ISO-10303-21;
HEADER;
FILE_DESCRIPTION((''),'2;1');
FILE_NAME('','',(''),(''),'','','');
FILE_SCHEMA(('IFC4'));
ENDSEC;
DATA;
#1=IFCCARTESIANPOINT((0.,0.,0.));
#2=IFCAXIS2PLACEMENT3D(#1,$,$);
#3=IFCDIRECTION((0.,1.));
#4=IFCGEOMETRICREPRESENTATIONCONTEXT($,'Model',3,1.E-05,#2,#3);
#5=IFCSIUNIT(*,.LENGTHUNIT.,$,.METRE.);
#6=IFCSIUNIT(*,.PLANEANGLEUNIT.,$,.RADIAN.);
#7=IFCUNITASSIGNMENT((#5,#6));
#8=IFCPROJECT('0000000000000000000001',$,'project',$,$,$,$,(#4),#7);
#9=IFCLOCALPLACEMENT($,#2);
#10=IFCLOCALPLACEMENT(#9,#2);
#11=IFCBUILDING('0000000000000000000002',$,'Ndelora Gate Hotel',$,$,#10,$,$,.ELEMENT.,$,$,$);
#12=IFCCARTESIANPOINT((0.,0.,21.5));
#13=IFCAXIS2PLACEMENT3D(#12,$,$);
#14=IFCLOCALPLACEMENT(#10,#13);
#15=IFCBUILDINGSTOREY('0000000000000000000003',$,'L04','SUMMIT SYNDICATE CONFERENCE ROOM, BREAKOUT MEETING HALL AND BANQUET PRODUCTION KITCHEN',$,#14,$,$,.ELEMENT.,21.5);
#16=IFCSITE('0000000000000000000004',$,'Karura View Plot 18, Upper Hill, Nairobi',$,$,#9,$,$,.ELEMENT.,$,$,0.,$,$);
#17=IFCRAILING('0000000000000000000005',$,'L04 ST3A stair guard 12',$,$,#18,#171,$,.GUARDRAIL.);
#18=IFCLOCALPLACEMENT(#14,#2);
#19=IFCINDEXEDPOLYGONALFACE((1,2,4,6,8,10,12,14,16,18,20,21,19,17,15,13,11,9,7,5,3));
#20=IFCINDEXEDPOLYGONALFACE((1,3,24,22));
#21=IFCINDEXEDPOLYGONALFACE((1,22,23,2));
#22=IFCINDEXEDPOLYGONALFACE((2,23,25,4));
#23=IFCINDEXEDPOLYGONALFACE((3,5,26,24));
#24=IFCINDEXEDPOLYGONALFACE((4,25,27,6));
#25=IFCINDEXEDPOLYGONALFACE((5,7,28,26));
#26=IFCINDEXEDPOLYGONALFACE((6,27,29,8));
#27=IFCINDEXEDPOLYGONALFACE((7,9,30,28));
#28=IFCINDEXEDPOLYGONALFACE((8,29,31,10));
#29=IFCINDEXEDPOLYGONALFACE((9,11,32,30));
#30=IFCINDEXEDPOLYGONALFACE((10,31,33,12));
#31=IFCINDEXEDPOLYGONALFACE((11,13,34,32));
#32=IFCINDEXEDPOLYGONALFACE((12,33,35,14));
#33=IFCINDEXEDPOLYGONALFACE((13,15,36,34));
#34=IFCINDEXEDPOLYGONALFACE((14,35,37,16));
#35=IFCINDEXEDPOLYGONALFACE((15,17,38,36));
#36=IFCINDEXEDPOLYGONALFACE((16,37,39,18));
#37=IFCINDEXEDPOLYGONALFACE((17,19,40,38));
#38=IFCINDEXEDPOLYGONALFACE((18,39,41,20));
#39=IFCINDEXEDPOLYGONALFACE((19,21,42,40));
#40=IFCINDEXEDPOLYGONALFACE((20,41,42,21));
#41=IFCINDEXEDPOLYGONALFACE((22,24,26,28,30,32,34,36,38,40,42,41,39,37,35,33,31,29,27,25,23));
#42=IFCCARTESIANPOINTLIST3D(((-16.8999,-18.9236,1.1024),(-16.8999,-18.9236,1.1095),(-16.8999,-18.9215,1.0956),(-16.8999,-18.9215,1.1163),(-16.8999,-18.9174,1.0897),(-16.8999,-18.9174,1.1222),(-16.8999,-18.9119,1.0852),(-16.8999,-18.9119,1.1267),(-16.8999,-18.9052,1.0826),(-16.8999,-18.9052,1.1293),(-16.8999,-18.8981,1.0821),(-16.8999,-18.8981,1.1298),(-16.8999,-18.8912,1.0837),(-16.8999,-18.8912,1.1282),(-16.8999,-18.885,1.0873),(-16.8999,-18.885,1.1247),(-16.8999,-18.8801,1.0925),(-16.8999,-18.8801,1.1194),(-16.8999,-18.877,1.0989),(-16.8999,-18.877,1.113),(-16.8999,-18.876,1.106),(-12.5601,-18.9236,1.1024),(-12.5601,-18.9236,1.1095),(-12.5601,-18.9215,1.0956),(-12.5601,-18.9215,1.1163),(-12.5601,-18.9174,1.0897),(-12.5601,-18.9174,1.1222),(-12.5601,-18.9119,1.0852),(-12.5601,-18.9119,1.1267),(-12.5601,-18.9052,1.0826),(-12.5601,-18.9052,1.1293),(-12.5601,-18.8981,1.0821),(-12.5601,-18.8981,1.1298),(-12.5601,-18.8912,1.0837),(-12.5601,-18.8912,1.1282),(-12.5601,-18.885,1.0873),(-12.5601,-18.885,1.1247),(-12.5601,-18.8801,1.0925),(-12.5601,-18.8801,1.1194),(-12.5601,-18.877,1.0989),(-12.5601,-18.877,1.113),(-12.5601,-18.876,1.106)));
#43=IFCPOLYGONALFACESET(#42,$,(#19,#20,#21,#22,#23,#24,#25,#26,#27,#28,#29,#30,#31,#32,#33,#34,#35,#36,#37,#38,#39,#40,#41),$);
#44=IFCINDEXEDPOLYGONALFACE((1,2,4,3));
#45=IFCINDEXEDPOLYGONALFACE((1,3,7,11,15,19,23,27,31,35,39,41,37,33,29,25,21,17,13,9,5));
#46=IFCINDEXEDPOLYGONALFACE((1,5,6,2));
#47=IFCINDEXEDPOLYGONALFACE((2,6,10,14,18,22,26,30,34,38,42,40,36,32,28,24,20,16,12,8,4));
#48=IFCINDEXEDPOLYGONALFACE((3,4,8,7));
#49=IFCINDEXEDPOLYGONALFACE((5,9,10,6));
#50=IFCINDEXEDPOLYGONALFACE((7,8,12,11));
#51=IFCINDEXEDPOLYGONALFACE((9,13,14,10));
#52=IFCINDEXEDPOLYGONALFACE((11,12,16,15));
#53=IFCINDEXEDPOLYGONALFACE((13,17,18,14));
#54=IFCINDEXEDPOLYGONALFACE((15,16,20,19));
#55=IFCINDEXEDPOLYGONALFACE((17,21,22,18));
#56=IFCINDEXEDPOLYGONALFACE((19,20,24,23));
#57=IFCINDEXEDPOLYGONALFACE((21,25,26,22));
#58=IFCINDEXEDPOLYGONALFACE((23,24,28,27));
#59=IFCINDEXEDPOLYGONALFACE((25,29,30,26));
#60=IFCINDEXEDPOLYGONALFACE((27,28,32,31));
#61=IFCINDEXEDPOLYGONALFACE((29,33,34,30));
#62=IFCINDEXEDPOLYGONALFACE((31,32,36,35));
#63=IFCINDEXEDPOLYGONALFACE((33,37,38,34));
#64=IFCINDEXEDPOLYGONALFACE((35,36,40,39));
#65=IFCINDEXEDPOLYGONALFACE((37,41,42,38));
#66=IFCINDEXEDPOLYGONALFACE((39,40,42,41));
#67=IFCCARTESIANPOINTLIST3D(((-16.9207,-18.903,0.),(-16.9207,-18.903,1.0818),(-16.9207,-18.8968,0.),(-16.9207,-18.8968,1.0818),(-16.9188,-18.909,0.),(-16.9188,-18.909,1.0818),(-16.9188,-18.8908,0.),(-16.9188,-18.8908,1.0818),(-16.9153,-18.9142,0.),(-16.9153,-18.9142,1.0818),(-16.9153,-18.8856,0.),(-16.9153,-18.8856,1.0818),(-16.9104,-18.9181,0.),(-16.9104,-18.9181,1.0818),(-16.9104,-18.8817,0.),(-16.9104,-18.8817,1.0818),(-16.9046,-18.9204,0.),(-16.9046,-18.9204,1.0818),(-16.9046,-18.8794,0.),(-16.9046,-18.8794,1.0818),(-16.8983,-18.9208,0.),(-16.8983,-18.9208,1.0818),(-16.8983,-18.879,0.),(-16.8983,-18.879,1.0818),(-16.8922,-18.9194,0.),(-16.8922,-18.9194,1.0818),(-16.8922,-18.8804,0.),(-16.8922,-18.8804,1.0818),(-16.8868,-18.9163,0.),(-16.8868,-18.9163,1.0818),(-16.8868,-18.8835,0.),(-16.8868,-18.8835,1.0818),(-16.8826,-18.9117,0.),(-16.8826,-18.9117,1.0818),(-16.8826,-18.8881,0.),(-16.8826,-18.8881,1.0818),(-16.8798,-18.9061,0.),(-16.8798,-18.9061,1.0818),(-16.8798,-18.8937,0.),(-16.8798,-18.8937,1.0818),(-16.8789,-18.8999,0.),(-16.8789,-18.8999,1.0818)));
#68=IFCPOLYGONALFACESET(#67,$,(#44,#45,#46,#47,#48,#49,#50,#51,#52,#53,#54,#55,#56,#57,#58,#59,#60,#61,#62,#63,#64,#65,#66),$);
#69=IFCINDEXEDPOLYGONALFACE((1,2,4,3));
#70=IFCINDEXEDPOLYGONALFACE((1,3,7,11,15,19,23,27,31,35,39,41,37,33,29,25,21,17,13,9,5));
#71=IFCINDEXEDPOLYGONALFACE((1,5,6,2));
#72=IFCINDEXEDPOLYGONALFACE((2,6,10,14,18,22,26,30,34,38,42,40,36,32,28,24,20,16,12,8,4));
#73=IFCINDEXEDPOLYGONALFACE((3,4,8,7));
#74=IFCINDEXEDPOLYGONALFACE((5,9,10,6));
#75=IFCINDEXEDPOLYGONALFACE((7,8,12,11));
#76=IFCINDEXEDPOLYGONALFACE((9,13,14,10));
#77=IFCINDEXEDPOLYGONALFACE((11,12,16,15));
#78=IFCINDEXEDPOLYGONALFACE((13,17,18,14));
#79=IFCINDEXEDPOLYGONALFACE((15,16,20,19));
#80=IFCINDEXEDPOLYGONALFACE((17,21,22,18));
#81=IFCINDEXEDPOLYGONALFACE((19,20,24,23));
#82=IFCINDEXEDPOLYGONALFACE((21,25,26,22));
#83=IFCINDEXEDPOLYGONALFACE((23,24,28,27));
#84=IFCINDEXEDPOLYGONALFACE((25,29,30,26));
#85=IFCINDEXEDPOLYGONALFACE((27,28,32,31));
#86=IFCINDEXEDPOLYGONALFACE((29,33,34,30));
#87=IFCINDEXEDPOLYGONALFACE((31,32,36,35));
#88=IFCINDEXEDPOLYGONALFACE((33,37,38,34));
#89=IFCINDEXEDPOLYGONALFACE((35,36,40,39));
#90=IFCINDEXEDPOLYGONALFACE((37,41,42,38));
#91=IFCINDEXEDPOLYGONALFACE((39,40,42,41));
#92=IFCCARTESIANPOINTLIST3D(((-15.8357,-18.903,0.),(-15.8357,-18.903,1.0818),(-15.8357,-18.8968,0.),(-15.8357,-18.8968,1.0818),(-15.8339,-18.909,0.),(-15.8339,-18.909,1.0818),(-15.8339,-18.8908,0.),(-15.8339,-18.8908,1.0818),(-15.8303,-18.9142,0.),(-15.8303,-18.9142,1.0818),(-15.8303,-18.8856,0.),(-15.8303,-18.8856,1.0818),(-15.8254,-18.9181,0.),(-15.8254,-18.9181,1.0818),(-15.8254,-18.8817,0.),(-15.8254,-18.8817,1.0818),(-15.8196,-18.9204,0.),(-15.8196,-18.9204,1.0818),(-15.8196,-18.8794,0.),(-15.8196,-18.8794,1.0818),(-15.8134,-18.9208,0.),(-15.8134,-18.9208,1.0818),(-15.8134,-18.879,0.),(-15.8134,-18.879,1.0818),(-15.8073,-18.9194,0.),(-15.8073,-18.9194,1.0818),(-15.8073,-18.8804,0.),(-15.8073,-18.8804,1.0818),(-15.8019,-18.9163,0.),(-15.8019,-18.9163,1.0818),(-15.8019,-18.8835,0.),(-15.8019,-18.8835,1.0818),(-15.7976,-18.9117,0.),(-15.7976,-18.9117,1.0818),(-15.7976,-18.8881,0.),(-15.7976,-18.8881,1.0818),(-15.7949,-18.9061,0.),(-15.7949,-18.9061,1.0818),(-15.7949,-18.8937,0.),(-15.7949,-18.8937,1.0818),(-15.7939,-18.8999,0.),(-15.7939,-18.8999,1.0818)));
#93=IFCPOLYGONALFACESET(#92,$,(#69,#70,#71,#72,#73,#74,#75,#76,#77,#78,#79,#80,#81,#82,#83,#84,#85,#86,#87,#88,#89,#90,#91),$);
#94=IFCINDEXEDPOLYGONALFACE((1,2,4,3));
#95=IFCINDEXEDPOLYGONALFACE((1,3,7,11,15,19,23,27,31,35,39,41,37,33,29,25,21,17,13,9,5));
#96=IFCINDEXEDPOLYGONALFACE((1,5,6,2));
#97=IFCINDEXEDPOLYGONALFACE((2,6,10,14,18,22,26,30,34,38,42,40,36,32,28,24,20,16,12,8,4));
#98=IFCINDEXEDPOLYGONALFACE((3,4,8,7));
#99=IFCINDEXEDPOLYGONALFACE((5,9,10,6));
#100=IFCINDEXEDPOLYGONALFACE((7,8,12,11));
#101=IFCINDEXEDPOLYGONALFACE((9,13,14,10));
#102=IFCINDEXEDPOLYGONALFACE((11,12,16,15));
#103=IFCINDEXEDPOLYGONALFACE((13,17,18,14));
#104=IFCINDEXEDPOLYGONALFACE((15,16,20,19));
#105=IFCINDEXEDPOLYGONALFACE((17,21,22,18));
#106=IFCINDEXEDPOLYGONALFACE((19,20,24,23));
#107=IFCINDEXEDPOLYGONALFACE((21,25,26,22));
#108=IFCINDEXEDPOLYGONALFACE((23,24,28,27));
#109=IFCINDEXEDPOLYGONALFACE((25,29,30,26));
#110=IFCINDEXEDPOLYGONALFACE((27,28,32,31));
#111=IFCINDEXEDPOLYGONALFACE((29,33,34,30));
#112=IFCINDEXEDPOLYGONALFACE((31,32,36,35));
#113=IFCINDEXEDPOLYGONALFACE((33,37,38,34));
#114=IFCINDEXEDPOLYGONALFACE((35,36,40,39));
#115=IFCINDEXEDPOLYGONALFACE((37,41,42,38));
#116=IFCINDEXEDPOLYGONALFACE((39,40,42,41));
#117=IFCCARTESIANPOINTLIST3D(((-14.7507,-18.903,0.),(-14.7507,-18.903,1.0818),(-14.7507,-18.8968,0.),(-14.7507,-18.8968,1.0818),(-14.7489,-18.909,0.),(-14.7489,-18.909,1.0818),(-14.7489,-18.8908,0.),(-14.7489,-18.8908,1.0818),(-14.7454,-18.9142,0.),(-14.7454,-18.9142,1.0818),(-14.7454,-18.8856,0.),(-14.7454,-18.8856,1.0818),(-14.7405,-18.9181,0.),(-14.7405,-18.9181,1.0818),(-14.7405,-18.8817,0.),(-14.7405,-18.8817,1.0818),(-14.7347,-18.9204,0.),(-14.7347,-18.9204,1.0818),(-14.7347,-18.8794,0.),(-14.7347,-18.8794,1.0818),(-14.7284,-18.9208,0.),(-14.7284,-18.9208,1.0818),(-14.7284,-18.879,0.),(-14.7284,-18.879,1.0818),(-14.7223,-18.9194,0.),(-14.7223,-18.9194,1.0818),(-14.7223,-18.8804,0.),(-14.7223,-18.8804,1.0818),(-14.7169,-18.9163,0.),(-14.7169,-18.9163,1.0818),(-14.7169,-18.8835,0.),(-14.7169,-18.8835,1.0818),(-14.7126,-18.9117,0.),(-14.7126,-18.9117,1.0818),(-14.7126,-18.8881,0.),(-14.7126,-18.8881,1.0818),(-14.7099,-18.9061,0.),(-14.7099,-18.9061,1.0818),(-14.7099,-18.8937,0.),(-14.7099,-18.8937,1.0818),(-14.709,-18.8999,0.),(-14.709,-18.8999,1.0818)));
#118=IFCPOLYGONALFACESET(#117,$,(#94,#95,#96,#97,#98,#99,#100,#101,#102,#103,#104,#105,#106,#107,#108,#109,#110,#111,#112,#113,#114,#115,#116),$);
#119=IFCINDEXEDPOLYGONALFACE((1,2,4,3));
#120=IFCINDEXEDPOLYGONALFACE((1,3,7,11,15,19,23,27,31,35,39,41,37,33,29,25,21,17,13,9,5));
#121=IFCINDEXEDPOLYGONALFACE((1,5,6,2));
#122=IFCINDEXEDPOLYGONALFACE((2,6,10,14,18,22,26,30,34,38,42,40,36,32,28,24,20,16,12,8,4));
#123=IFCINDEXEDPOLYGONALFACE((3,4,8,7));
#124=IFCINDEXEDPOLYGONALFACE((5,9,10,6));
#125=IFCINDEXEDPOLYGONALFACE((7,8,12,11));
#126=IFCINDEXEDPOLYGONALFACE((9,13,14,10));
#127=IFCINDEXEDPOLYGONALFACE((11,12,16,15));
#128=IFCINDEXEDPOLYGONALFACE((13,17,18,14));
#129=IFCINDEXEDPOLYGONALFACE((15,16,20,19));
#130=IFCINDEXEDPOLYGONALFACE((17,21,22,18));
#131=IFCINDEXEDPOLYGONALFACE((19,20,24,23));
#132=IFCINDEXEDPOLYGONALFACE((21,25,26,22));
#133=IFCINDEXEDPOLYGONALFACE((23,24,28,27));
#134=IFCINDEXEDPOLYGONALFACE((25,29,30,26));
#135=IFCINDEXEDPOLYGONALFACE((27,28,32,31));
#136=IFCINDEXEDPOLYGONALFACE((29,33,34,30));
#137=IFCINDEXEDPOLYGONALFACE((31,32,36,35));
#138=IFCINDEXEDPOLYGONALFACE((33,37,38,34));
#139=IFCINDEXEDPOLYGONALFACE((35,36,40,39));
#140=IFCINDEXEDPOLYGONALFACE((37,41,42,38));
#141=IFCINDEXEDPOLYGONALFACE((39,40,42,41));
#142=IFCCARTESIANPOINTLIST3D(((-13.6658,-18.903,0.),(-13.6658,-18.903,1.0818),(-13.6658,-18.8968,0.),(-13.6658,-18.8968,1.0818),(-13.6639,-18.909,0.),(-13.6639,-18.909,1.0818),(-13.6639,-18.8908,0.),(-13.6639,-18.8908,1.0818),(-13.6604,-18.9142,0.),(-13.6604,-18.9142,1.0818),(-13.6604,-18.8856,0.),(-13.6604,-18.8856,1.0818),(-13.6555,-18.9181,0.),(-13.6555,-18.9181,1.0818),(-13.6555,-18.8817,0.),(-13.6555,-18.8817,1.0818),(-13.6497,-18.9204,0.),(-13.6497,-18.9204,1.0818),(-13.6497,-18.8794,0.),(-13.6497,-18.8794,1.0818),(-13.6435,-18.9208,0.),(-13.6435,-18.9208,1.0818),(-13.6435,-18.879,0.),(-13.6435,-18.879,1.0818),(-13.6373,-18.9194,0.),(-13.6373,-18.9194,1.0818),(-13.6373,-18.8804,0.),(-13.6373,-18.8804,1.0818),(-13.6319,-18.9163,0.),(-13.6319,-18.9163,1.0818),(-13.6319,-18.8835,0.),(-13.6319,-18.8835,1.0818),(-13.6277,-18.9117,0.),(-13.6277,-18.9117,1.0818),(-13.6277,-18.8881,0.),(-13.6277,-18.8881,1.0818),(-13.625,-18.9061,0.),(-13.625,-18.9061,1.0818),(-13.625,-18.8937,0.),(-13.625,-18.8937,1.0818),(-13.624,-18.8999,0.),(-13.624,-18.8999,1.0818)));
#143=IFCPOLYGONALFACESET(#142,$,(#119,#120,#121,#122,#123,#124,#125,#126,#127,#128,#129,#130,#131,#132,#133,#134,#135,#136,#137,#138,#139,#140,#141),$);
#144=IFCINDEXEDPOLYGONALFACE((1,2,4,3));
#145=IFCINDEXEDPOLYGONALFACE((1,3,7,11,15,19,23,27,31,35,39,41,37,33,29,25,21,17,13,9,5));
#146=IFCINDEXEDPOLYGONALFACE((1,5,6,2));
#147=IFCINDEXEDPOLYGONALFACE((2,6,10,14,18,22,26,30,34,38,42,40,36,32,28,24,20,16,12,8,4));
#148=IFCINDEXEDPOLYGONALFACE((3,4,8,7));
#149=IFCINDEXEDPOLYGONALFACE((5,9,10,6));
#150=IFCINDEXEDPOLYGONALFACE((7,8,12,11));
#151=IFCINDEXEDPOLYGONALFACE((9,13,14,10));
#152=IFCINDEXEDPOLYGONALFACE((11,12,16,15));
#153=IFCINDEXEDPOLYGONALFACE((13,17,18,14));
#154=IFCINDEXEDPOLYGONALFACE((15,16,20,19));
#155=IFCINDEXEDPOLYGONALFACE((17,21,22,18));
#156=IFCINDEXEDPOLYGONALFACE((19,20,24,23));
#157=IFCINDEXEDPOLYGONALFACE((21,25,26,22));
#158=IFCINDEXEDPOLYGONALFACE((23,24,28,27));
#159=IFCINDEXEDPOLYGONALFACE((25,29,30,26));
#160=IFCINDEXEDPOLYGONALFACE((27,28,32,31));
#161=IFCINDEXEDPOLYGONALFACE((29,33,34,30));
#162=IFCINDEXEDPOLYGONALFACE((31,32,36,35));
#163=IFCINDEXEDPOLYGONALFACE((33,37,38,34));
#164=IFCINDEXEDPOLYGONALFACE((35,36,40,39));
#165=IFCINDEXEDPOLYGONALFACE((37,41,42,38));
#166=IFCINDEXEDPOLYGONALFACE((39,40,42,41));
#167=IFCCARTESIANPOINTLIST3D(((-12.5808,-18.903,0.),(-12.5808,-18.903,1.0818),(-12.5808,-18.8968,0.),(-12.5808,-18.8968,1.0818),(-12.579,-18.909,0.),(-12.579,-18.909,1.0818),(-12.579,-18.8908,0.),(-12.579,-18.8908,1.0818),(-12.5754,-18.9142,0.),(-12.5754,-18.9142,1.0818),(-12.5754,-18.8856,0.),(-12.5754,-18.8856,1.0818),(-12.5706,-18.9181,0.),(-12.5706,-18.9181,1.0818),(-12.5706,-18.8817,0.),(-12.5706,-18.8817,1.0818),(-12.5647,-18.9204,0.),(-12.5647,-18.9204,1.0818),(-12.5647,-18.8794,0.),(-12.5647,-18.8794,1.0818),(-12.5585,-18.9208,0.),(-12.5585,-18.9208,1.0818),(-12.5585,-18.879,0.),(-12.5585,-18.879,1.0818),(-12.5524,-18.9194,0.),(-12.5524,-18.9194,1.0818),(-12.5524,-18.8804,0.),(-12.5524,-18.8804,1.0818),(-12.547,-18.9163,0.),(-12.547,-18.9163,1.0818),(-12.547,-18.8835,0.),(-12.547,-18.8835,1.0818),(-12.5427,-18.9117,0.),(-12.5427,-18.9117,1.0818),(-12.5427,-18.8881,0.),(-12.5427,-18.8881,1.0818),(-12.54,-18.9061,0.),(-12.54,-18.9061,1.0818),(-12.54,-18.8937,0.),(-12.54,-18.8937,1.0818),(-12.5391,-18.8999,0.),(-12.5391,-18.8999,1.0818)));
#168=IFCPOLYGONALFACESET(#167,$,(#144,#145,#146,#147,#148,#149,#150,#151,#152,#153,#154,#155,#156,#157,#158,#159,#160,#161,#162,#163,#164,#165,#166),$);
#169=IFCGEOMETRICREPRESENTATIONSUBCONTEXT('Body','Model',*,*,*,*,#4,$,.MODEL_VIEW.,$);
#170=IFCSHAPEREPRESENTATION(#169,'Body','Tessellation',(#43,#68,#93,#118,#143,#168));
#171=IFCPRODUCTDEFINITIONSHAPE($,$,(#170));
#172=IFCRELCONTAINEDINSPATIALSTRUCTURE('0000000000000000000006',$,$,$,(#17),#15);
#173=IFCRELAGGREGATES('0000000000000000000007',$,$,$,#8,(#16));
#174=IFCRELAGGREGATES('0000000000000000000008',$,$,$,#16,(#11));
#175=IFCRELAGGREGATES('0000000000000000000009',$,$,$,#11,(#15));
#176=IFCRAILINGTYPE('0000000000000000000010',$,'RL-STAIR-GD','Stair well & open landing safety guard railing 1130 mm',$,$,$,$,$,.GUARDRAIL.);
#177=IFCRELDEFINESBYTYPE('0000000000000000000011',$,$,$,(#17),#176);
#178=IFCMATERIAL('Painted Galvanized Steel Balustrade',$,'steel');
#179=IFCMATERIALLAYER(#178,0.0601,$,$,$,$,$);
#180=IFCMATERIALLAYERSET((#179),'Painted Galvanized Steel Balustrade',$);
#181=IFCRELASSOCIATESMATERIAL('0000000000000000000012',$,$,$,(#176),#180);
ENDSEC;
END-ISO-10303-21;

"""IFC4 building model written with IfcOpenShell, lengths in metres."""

from ifc_helpers import new_model, si_unit, direction, frame, origin, origin_2d, place, context, subcontext, project, spatial, circle, extrude, material, layer, layer_set, type_object, element, save


model = new_model("IFC4")

# Units and contexts
model_context = context("Model", 3, precision=1e-05, world=origin(), true_north=direction((0.0, 1.0)))
body_context = subcontext(model_context, "Body", "Model", "MODEL_VIEW")
ifc_project = project(units=[si_unit("LENGTHUNIT", "METRE"), si_unit("PLANEANGLEUNIT", "RADIAN")], contexts=[model_context])

# Site, building, storey
site_placement = place(None, origin())
site = spatial("IfcSite", under=ifc_project, at=site_placement, Name="Karura View Plot 18, Upper Hill, Nairobi", CompositionType="ELEMENT", RefElevation=0.0)
building_placement = place(site_placement, origin())
building = spatial("IfcBuilding", under=site, at=building_placement, Name="Ndelora Gate Hotel", CompositionType="ELEMENT")
storey_placement = place(building_placement, frame((0.0, 0.0, 21.5)))
storey = spatial("IfcBuildingStorey", under=building, at=storey_placement, Name="L04", Description="SUMMIT SYNDICATE CONFERENCE ROOM, BREAKOUT MEETING HALL AND BANQUET PRODUCTION KITCHEN", CompositionType="ELEMENT", Elevation=21.5)

# Railing
ifc_material_1 = material(Name="Painted Galvanized Steel Balustrade", Category="steel")
ifc_layer_1 = layer(ifc_material_1, 0.0601)
ifc_layer_set_1 = layer_set([ifc_layer_1], Name="Painted Galvanized Steel Balustrade")
railing_type_1 = type_object("IfcRailingType", Name="RL-STAIR-GD", Description="Stair well & open landing safety guard railing 1130 mm", PredefinedType="GUARDRAIL", material=ifc_layer_set_1)
railing_1_placement = place(storey_placement, frame((-16.8999, -18.8999, 0.0)))
element("IfcRailing", 1, at=railing_1_placement, inside=storey, type_object=railing_type_1, Name="L04 ST3A stair guard 12", PredefinedType="GUARDRAIL", context=body_context, shape_type="SweptSolid", body=[
    extrude(circle(Radius=0.0239, at=origin_2d()), frame((0.0, 0.0, 1.106), z_axis=(1.0, 0.0, 0.0), x_axis=(0.0, 1.0, 0.0)), (0.0, 0.0, 1.0), 4.3398),
    extrude(circle(Radius=0.021, at=origin_2d()), origin(), (0.0, 0.0, 1.0), 1.0818),
    extrude(circle(Radius=0.021, at=origin_2d()), frame((1.085, 0.0, 0.0)), (0.0, 0.0, 1.0), 1.0818),
    extrude(circle(Radius=0.021, at=origin_2d()), frame((2.1699, 0.0, 0.0)), (0.0, 0.0, 1.0), 1.0818),
    extrude(circle(Radius=0.021, at=origin_2d()), frame((3.2549, 0.0, 0.0)), (0.0, 0.0, 1.0), 1.0818),
    extrude(circle(Radius=0.021, at=origin_2d()), frame((4.3398, 0.0, 0.0)), (0.0, 0.0, 1.0), 1.0818),
])

save(model, "model.ifc")
